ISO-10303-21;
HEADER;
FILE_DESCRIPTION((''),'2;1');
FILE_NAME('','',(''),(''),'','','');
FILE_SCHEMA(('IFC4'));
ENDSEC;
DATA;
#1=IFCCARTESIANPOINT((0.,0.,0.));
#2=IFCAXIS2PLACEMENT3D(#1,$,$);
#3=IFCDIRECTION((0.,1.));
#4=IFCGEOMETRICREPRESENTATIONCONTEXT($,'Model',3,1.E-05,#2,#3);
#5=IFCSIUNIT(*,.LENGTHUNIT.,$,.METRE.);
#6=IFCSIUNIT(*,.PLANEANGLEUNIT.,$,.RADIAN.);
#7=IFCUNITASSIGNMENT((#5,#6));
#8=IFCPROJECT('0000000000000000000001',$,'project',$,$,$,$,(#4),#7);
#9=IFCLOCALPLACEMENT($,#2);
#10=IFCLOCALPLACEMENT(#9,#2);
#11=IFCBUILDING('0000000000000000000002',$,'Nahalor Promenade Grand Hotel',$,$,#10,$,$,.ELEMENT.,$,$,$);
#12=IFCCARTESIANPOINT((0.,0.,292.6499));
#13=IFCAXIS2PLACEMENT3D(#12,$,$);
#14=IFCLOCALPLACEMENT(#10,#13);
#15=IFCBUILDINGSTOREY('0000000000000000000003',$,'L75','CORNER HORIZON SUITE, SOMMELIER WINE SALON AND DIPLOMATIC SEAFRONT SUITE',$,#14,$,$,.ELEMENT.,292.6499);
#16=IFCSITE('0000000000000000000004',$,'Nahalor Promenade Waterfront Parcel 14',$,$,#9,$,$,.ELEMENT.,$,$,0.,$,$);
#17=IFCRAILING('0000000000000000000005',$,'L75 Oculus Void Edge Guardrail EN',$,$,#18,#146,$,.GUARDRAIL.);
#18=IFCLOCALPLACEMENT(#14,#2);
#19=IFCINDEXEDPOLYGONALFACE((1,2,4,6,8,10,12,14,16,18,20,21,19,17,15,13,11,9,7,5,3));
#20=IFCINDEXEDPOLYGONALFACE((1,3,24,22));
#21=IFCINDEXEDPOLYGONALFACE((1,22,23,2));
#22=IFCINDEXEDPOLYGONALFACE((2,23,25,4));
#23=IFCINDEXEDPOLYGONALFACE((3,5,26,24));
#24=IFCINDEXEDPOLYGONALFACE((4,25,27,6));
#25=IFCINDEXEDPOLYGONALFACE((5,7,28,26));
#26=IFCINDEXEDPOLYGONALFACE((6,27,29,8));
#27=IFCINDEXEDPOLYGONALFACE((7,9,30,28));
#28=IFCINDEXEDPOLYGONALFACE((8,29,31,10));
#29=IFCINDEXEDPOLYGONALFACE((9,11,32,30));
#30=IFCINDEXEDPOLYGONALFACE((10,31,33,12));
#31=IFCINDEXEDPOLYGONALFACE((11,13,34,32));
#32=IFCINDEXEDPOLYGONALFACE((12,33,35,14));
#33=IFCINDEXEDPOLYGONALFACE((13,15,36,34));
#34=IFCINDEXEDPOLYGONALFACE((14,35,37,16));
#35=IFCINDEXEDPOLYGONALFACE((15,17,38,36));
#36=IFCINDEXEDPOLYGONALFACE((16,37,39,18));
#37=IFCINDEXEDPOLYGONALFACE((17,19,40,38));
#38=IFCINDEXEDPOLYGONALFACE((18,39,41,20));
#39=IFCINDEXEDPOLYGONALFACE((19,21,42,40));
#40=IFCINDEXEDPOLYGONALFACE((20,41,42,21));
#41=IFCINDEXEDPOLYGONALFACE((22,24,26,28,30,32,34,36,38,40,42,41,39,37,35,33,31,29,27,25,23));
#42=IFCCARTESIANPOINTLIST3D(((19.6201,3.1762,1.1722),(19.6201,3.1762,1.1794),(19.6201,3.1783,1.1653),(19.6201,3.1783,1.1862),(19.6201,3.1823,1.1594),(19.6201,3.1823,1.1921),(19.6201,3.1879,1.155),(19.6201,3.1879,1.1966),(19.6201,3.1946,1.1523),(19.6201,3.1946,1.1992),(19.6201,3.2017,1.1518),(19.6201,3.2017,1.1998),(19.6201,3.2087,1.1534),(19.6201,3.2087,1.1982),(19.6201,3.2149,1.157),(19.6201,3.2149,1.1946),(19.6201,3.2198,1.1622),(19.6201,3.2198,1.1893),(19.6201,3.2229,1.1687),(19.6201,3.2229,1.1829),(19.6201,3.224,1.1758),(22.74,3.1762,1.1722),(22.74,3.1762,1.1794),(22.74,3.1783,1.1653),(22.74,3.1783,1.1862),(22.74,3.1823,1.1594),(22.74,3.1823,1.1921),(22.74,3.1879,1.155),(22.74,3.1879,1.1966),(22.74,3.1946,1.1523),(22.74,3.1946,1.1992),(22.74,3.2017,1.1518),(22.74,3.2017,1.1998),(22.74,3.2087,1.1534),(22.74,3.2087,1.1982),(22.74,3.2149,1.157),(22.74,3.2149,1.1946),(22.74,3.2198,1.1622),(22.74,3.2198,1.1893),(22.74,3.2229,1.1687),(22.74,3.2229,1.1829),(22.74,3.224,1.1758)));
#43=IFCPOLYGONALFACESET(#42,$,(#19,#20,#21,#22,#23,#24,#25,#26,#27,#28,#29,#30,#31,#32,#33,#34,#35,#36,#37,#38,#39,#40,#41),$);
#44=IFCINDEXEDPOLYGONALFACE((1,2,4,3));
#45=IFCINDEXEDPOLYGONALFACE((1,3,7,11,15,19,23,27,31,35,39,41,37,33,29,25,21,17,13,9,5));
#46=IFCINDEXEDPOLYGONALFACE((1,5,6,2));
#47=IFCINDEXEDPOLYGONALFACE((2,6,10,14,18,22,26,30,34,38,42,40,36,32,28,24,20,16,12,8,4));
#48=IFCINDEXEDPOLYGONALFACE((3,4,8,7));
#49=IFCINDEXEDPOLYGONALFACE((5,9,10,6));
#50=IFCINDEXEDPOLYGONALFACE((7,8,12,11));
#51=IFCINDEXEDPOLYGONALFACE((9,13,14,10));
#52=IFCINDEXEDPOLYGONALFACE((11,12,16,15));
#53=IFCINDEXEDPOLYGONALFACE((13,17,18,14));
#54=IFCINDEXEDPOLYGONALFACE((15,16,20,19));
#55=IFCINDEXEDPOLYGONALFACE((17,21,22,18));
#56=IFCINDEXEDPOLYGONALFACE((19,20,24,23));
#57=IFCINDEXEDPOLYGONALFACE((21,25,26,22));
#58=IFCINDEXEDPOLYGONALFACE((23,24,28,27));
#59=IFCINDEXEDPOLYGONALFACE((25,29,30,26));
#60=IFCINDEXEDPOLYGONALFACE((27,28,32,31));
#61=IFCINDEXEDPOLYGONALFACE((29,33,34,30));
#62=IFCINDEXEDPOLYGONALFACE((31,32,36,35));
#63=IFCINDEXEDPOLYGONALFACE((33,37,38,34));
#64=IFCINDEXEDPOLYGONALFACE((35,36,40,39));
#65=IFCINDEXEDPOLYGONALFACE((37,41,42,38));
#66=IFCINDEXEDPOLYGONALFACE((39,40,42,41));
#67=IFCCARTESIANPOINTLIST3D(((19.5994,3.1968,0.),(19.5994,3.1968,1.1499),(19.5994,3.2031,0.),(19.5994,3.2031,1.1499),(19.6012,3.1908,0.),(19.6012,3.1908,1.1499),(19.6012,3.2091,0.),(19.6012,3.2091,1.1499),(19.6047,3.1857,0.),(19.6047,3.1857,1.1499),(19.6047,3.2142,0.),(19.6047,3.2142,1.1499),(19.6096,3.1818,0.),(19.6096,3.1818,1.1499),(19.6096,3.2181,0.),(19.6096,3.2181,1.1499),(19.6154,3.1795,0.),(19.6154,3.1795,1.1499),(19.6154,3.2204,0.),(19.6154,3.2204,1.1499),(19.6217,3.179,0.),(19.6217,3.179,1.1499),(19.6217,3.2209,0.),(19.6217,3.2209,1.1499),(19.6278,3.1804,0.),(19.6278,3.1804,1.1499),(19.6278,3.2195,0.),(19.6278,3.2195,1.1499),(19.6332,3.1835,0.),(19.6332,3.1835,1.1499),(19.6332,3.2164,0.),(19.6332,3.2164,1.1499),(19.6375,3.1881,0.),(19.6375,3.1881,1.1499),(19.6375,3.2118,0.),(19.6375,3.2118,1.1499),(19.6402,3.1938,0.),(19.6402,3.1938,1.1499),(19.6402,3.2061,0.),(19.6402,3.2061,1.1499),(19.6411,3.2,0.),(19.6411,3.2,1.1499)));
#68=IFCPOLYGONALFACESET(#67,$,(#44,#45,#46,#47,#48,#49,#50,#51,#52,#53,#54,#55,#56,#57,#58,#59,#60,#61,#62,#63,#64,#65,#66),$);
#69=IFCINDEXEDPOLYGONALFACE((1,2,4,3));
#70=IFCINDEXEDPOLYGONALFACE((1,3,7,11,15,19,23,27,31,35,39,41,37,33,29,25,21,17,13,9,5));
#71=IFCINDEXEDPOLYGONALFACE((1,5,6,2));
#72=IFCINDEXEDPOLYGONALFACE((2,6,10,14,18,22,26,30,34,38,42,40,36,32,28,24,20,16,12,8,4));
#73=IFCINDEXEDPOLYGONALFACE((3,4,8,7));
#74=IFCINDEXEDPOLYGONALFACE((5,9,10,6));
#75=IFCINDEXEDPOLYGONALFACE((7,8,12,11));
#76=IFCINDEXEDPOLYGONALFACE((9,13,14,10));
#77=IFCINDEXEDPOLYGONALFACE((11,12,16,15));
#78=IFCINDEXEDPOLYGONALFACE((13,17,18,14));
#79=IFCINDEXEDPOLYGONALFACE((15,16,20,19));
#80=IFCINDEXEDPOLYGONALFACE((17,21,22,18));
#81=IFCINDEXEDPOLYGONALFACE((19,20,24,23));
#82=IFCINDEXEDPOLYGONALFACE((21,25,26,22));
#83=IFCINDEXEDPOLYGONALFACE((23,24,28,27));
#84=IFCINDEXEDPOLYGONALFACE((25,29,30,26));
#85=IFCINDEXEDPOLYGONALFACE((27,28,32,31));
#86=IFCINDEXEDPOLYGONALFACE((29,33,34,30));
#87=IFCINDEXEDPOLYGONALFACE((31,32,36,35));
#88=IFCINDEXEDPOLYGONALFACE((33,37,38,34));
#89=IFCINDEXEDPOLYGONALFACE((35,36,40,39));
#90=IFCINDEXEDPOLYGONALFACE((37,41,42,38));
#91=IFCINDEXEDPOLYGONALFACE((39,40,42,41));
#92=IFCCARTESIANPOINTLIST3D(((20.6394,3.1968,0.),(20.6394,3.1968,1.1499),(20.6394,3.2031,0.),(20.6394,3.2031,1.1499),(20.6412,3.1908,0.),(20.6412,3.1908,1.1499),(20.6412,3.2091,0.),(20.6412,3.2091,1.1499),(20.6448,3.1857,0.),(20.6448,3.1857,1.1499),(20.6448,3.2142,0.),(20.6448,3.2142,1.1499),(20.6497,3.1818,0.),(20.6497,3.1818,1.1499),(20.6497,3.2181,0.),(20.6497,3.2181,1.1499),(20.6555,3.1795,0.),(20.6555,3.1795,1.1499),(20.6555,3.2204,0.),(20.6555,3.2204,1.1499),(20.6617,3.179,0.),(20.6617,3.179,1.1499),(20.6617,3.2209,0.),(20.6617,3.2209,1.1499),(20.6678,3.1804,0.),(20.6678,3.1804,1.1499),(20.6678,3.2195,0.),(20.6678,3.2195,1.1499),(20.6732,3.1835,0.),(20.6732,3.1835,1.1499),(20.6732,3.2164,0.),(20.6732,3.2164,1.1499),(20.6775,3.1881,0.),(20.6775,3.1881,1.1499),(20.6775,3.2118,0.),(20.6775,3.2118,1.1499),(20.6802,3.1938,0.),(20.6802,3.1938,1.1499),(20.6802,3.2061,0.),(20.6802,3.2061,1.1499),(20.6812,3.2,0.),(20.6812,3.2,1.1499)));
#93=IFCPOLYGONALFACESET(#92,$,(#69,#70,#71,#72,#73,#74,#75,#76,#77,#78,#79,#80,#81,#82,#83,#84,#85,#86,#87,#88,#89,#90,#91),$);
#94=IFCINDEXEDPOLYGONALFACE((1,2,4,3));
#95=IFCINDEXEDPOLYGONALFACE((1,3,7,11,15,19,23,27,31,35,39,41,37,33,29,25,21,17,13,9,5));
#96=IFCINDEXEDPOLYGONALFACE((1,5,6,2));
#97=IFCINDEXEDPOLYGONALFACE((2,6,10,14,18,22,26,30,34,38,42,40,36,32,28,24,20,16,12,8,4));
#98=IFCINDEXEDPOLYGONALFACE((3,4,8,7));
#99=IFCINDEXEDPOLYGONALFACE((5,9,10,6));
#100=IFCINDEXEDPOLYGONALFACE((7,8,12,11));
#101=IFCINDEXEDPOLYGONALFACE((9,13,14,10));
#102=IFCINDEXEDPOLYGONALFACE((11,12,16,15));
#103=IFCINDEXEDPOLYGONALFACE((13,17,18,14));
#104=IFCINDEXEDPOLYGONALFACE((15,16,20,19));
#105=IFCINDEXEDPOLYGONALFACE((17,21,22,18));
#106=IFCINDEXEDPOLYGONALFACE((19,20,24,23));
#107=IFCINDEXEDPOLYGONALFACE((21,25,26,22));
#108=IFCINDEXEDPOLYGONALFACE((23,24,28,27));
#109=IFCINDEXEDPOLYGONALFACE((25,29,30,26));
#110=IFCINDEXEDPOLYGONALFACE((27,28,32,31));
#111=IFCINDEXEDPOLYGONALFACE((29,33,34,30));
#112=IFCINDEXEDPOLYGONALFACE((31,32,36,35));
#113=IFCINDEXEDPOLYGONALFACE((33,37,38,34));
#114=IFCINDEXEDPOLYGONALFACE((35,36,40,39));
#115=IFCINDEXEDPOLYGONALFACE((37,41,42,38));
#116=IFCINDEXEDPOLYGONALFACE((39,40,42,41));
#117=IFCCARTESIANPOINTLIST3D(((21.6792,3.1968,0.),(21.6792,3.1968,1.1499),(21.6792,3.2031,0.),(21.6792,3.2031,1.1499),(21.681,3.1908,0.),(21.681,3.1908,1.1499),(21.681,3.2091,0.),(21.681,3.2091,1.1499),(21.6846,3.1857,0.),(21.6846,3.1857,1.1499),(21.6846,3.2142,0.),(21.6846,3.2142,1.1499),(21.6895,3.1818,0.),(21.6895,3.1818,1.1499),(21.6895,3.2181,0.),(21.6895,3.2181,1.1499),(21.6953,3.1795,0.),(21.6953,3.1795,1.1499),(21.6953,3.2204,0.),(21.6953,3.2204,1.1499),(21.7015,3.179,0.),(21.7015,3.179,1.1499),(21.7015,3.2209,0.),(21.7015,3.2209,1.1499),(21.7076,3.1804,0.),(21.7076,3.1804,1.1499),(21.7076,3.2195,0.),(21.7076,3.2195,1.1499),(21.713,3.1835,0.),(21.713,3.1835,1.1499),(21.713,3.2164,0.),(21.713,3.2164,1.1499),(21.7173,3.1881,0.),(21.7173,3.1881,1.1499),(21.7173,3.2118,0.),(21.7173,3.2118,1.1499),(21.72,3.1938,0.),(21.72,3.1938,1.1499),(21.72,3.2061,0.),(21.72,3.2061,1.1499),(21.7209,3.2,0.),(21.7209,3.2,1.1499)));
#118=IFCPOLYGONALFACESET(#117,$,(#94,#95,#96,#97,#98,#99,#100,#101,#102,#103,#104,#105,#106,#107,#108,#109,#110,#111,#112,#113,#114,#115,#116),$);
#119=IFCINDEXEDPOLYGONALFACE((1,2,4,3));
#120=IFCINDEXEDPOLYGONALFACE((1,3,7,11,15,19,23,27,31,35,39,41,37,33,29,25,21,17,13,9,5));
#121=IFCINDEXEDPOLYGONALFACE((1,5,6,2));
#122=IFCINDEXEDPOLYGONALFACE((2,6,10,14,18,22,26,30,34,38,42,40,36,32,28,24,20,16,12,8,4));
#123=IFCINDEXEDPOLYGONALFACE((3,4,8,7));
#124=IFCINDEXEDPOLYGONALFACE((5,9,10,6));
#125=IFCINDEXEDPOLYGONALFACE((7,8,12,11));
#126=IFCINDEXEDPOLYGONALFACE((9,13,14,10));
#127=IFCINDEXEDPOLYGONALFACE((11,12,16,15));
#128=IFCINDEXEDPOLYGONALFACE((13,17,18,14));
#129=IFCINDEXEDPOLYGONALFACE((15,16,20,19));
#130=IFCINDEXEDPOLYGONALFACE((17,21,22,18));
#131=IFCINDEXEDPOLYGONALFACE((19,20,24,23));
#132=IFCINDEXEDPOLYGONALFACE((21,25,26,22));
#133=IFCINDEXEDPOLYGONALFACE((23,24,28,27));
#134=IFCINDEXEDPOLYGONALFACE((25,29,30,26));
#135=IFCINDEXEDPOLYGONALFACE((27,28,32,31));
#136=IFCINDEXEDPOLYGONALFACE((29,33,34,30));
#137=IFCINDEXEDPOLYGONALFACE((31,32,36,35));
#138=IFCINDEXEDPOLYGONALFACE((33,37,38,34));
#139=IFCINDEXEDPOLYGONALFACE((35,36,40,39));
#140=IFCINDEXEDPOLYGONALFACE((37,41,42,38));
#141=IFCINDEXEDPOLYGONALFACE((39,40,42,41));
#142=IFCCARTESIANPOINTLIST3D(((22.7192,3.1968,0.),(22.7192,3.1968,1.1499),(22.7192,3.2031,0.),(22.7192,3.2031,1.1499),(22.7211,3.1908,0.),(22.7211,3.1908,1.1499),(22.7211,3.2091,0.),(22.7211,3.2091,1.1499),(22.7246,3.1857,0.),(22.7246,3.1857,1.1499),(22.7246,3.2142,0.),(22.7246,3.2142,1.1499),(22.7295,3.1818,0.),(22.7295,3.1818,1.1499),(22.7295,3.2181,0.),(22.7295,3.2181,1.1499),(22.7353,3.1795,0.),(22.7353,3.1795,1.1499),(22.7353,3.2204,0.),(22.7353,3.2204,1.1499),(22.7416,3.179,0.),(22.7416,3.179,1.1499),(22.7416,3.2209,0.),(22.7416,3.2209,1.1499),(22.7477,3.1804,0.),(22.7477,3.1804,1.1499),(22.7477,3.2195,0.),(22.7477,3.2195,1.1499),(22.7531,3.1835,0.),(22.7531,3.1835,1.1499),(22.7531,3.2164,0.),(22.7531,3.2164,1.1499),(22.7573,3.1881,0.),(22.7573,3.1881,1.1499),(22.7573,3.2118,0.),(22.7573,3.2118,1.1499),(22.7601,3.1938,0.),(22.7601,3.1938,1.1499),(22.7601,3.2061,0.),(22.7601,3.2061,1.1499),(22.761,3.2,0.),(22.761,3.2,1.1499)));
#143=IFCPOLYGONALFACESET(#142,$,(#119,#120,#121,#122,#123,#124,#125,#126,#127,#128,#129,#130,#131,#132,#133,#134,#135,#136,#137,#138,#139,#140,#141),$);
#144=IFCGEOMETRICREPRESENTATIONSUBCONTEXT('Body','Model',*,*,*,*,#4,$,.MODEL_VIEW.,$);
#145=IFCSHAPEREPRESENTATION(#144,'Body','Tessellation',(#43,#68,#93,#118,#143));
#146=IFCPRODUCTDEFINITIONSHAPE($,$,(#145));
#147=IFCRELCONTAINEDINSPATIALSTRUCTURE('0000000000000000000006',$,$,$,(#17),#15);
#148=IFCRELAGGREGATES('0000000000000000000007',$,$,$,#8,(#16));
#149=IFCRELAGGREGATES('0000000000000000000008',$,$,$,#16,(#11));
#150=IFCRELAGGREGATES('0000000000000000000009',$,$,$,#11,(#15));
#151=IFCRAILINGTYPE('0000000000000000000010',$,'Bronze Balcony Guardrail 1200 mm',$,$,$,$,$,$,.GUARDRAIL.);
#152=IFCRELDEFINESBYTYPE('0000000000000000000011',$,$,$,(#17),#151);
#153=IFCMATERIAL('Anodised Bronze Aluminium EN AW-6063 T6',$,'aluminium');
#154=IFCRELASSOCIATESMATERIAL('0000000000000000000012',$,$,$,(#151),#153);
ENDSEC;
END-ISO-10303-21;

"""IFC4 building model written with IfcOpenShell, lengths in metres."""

from ifc_helpers import new_model, si_unit, direction, frame, origin, origin_2d, place, context, subcontext, project, spatial, circle, extrude, material, type_object, element, save


model = new_model("IFC4")

# Units and contexts
model_context = context("Model", 3, precision=1e-05, world=origin(), true_north=direction((0.0, 1.0)))
body_context = subcontext(model_context, "Body", "Model", "MODEL_VIEW")
ifc_project = project(units=[si_unit("LENGTHUNIT", "METRE"), si_unit("PLANEANGLEUNIT", "RADIAN")], contexts=[model_context])

# Site, building, storey
site_placement = place(None, origin())
site = spatial("IfcSite", under=ifc_project, at=site_placement, Name="Nahalor Promenade Waterfront Parcel 14", CompositionType="ELEMENT", RefElevation=0.0)
building_placement = place(site_placement, origin())
building = spatial("IfcBuilding", under=site, at=building_placement, Name="Nahalor Promenade Grand Hotel", CompositionType="ELEMENT")
storey_placement = place(building_placement, frame((0.0, 0.0, 292.6499)))
storey = spatial("IfcBuildingStorey", under=building, at=storey_placement, Name="L75", Description="CORNER HORIZON SUITE, SOMMELIER WINE SALON AND DIPLOMATIC SEAFRONT SUITE", CompositionType="ELEMENT", Elevation=292.6499)

# Shared definitions
ifc_material_1 = material(Name="Anodised Bronze Aluminium EN AW-6063 T6", Category="aluminium")

# Railing
railing_type = type_object("IfcRailingType", Name="Bronze Balcony Guardrail 1200 mm", PredefinedType="GUARDRAIL", material=ifc_material_1)
for number, where, name in (
    (1, (19.6201, 3.2, 0.0), "L75 Oculus Void Edge Guardrail EN"),
):
    element("IfcRailing", number, at=place(storey_placement, frame(where)), inside=storey, type_object=railing_type, Name=name, PredefinedType="GUARDRAIL", context=body_context, shape_type="SweptSolid", body=[
        extrude(circle(Radius=0.024, at=origin_2d()), frame((0.0, 0.0, 1.1758), z_axis=(1.0, 0.0, 0.0), x_axis=(0.0, 1.0, 0.0)), (0.0, 0.0, 1.0), 3.1199),
        extrude(circle(Radius=0.021, at=origin_2d()), origin(), (0.0, 0.0, 1.0), 1.1499),
        extrude(circle(Radius=0.021, at=origin_2d()), frame((1.04, 0.0, 0.0)), (0.0, 0.0, 1.0), 1.1499),
        extrude(circle(Radius=0.021, at=origin_2d()), frame((2.0798, 0.0, 0.0)), (0.0, 0.0, 1.0), 1.1499),
        extrude(circle(Radius=0.021, at=origin_2d()), frame((3.1199, 0.0, 0.0)), (0.0, 0.0, 1.0), 1.1499),
    ])

save(model, "model.ifc")
